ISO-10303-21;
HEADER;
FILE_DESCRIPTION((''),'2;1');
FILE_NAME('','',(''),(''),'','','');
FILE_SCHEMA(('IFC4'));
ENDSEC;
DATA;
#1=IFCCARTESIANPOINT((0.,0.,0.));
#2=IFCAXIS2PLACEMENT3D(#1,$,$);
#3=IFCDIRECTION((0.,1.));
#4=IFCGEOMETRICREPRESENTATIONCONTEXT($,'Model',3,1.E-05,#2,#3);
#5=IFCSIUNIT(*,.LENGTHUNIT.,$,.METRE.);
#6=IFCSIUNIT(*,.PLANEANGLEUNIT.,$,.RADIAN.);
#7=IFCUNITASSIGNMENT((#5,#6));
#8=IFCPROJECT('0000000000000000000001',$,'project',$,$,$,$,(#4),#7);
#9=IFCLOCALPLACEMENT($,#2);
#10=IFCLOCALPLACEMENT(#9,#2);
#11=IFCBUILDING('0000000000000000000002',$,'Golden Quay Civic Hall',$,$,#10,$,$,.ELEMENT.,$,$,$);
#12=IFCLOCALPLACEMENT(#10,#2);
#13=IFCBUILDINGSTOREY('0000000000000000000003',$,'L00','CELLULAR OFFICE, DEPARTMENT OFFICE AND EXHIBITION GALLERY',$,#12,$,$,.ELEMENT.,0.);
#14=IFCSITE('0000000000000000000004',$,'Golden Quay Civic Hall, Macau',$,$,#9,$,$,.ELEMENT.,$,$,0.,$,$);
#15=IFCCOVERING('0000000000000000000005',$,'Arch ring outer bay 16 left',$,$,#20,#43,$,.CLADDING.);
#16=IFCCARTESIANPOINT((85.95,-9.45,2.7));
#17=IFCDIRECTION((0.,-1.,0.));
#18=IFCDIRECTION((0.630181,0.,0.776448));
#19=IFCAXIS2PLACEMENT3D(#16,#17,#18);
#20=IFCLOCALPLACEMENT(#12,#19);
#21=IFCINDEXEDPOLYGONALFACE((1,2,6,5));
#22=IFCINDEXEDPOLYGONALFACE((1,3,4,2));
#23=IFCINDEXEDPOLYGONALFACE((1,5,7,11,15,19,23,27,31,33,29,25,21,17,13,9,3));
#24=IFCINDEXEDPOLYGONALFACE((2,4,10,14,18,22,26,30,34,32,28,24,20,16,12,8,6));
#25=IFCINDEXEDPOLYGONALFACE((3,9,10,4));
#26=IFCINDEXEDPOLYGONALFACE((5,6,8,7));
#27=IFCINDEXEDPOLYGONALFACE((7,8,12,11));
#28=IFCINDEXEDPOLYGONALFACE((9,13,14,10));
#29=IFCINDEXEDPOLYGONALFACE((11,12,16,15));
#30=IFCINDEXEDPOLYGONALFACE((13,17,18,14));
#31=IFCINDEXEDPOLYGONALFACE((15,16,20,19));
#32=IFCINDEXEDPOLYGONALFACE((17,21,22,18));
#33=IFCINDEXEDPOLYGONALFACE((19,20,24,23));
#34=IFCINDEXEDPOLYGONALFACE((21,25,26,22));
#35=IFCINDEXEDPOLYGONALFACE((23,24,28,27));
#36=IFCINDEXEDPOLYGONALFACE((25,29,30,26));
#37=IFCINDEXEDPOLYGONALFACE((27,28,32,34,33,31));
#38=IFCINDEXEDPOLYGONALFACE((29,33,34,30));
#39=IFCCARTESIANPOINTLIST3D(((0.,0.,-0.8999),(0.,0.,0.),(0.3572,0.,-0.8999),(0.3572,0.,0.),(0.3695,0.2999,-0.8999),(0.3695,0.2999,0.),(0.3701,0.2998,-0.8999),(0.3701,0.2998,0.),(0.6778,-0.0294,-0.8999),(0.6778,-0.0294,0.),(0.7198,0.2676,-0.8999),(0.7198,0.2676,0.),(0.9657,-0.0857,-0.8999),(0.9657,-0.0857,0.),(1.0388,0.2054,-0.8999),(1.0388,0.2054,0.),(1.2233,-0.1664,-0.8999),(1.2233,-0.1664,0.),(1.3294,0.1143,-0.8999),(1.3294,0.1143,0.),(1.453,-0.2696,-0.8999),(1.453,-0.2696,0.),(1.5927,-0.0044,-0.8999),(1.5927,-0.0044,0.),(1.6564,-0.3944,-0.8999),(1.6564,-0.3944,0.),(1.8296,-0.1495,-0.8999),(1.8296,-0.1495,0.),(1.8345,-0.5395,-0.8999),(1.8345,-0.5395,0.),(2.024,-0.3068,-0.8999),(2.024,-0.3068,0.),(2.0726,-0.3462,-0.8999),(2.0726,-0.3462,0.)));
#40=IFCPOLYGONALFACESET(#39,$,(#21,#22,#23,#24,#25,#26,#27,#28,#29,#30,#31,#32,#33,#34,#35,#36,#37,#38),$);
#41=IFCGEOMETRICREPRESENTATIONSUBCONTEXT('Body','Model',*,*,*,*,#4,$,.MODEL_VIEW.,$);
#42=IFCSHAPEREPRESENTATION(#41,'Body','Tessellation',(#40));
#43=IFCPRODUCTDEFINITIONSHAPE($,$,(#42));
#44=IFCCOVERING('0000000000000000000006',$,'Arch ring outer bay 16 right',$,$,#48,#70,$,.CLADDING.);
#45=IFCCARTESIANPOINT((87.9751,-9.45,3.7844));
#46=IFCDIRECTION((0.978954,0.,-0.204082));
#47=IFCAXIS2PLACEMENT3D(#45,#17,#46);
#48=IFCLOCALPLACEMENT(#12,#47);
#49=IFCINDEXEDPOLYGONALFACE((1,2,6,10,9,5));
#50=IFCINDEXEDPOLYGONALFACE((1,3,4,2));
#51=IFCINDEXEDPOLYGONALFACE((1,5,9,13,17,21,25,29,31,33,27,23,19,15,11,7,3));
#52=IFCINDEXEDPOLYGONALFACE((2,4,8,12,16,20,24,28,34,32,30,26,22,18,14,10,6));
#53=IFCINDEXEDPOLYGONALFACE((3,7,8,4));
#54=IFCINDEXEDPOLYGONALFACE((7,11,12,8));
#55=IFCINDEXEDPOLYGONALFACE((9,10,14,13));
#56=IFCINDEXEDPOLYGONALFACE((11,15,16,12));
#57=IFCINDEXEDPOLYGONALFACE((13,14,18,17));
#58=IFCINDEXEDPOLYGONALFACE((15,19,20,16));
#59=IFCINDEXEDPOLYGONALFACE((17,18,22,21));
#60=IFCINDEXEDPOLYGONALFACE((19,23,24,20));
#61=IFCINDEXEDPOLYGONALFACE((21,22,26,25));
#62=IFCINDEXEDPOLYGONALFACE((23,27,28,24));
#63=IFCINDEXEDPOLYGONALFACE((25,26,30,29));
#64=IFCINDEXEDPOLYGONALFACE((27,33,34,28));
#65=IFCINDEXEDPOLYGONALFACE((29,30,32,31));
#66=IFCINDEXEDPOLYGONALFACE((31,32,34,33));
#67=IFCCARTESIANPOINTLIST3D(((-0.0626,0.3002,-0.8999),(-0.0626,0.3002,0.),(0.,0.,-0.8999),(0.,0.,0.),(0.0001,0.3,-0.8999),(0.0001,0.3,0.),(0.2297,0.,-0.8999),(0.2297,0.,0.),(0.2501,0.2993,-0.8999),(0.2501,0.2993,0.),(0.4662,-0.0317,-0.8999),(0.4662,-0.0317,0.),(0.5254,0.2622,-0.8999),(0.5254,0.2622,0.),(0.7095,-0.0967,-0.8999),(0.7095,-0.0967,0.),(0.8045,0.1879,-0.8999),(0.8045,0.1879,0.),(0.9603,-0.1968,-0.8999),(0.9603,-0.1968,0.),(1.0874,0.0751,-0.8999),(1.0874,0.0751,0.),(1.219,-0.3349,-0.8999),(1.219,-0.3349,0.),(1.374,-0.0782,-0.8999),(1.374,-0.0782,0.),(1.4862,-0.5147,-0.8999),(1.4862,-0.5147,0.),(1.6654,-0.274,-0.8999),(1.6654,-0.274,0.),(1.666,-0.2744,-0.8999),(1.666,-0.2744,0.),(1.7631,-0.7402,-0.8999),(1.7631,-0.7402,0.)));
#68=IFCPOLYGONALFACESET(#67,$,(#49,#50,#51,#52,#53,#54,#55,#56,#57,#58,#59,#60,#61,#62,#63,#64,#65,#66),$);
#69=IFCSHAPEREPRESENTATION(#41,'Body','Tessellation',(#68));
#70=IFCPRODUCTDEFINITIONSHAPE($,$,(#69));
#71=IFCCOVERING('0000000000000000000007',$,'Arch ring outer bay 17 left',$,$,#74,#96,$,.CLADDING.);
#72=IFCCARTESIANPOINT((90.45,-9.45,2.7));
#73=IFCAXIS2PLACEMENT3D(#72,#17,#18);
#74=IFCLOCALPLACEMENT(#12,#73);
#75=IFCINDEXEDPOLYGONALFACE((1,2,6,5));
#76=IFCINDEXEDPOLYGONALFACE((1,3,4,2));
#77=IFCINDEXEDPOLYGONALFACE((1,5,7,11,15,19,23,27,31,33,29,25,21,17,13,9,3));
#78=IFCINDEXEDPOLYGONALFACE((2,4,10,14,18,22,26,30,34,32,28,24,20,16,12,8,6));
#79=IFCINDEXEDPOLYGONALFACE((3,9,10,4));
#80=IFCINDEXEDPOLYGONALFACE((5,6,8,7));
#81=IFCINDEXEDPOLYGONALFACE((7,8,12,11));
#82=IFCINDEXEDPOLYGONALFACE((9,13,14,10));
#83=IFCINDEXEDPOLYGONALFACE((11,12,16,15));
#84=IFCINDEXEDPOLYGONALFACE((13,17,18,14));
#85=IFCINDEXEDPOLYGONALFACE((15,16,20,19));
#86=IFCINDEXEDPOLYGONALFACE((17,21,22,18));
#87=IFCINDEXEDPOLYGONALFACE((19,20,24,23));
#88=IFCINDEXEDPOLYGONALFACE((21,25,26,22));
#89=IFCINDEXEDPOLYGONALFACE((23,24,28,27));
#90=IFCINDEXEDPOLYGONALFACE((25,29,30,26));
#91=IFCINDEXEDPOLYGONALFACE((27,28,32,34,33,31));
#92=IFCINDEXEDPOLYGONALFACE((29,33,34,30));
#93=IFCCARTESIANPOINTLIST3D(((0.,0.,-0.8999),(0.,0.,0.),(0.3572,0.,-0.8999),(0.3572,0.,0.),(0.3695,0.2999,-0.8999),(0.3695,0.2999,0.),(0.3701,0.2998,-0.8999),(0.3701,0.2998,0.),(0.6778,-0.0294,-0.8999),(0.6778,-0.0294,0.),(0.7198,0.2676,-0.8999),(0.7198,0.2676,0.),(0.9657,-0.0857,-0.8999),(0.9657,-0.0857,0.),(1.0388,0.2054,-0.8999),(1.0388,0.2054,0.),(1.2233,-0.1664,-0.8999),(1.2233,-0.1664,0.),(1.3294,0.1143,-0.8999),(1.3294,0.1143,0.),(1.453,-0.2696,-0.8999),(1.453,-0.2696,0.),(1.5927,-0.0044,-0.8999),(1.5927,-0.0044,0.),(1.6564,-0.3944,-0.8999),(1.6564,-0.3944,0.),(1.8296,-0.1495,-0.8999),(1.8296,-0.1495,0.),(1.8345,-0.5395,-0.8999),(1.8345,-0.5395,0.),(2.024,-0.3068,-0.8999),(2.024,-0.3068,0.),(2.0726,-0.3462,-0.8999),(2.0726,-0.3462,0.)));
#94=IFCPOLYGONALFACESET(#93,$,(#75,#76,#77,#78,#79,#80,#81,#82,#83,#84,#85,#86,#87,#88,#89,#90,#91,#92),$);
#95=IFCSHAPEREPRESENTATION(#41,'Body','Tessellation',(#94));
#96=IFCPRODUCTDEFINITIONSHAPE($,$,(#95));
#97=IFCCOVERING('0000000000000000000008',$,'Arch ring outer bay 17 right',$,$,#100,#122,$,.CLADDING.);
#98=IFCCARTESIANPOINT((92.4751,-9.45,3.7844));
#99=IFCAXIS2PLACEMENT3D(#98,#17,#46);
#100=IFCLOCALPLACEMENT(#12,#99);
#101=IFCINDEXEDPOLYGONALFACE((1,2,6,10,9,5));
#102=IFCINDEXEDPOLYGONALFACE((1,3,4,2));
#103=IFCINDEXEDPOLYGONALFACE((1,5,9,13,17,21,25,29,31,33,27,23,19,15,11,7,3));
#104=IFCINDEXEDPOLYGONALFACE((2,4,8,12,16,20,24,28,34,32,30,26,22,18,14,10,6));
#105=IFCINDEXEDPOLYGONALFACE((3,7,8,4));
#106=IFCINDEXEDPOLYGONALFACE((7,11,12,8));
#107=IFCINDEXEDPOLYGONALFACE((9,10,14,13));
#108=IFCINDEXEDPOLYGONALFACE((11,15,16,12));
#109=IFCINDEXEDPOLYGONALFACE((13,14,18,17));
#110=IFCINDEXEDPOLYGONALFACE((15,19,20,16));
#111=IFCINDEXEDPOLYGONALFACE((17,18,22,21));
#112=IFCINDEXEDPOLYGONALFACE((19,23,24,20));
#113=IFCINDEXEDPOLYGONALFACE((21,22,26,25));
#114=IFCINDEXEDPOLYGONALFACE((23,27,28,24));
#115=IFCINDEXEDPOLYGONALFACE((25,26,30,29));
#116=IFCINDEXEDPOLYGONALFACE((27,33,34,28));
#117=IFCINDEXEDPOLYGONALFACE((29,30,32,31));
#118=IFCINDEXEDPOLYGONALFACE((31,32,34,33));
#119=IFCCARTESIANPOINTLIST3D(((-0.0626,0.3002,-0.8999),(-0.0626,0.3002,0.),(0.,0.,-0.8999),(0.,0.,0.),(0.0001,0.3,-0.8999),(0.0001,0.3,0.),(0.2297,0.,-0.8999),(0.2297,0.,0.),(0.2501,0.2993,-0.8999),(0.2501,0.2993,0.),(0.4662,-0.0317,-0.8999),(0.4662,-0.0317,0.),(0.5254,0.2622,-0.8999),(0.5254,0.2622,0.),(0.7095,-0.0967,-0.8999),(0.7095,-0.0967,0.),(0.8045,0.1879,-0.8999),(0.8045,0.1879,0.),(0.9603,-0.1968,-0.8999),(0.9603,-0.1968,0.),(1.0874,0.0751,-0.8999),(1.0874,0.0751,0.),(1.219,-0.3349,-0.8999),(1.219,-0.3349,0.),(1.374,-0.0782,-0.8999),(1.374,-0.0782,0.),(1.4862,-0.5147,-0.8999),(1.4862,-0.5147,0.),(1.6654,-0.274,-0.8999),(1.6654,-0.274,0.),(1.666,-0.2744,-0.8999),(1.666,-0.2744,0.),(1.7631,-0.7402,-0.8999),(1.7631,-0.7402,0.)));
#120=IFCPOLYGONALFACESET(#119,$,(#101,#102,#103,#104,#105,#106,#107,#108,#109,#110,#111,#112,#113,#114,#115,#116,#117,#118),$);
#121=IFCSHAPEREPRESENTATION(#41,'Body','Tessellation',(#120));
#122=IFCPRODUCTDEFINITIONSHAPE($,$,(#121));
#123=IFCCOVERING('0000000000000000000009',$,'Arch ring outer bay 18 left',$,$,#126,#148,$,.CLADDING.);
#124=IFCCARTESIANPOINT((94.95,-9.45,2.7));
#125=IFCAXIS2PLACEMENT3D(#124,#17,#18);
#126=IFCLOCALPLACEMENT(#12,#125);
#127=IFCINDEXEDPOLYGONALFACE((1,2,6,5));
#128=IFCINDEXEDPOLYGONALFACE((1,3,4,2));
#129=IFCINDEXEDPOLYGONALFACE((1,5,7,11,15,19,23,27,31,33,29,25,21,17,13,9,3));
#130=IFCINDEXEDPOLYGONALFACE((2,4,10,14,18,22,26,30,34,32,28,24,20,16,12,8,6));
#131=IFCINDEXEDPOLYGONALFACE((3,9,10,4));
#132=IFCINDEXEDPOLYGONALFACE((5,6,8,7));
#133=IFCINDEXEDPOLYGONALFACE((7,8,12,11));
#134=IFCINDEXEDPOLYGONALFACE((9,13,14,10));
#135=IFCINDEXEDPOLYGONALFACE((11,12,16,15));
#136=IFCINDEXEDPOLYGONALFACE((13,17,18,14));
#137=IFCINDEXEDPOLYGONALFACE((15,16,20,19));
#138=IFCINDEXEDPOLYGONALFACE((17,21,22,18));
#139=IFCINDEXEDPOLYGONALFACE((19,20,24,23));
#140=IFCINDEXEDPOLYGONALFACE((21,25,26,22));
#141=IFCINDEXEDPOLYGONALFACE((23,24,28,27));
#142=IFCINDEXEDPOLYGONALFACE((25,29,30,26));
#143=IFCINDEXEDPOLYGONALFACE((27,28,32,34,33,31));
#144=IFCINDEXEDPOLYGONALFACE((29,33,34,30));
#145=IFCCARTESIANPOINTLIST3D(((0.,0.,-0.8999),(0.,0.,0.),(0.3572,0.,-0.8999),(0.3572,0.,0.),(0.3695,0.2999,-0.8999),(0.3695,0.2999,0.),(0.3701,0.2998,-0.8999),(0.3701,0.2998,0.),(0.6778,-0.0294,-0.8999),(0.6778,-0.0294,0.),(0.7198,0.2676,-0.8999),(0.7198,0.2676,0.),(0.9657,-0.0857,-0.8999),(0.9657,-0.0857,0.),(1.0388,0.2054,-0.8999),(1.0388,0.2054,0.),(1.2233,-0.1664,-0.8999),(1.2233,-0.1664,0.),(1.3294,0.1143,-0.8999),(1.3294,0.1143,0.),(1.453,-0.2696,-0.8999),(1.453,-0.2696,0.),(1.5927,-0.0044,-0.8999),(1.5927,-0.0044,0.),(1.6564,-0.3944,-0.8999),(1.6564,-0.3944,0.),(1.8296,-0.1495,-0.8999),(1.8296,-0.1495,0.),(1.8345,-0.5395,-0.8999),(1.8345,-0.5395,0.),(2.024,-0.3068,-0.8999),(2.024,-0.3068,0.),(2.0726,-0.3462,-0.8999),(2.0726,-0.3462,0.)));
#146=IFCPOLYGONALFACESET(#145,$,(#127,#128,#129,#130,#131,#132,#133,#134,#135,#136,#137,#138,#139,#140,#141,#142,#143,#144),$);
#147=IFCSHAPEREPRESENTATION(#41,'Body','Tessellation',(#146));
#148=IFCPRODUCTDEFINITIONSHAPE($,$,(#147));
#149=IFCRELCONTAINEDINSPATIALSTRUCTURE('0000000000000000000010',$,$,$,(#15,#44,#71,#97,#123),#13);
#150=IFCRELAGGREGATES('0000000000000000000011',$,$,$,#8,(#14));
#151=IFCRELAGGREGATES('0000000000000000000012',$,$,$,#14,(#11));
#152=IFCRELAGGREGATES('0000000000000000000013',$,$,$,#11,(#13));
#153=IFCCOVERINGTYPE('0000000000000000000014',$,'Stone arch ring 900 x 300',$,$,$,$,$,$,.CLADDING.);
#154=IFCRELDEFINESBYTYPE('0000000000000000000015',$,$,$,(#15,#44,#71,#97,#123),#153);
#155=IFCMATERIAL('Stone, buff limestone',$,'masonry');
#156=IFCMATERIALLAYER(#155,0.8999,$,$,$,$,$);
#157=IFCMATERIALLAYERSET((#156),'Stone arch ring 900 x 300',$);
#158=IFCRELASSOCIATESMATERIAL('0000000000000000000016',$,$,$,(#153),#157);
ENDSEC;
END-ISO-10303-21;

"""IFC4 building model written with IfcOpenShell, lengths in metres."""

from ifc_helpers import new_model, si_unit, direction, frame, origin, place, context, subcontext, project, spatial, polyline, outline, extrude, material, layer, layer_set, type_object, element, save


model = new_model("IFC4")

# Units and contexts
model_context = context("Model", 3, precision=1e-05, world=origin(), true_north=direction((0.0, 1.0)))
body_context = subcontext(model_context, "Body", "Model", "MODEL_VIEW")
ifc_project = project(units=[si_unit("LENGTHUNIT", "METRE"), si_unit("PLANEANGLEUNIT", "RADIAN")], contexts=[model_context])

# Site, building, storey
site_placement = place(None, origin())
site = spatial("IfcSite", under=ifc_project, at=site_placement, Name="Golden Quay Civic Hall, Macau", CompositionType="ELEMENT", RefElevation=0.0)
building_placement = place(site_placement, origin())
building = spatial("IfcBuilding", under=site, at=building_placement, Name="Golden Quay Civic Hall", CompositionType="ELEMENT")
storey_placement = place(building_placement, origin())
storey = spatial("IfcBuildingStorey", under=building, at=storey_placement, Name="L00", Description="CELLULAR OFFICE, DEPARTMENT OFFICE AND EXHIBITION GALLERY", CompositionType="ELEMENT", Elevation=0.0)

# Coverings
ifc_material_1 = material(Name="Stone, buff limestone", Category="masonry")
ifc_layer_1 = layer(ifc_material_1, 0.8999)
ifc_layer_set_1 = layer_set([ifc_layer_1], Name="Stone arch ring 900 x 300")
covering_type_1 = type_object("IfcCoveringType", Name="Stone arch ring 900 x 300", PredefinedType="CLADDING", material=ifc_layer_set_1)
covering_1_placement = place(storey_placement, frame((85.95, -9.45, 2.7), z_axis=(0.0, -1.0, 0.0), x_axis=(0.630181, 0.0, 0.776448)))
element("IfcCovering", 1, at=covering_1_placement, inside=storey, type_object=covering_type_1, Name="Arch ring outer bay 16 left", PredefinedType="CLADDING", context=body_context, shape_type="SweptSolid", body=[
    extrude(outline(polyline([(0.0, 0.0), (0.3572, 0.0), (0.6778, -0.0294), (0.9657, -0.0857), (1.2233, -0.1664), (1.453, -0.2696), (1.6564, -0.3944), (1.8345, -0.5395), (2.0726, -0.3462), (2.024, -0.3068), (1.8296, -0.1495), (1.5927, -0.0044), (1.3294, 0.1143), (1.0388, 0.2054), (0.7198, 0.2676), (0.3701, 0.2998), (0.3695, 0.2999), (0.0, 0.0)])), origin(), (0.0, 0.0, -1.0), 0.8999),
])
covering_2_placement = place(storey_placement, frame((87.9751, -9.45, 3.7844), z_axis=(0.0, -1.0, 0.0), x_axis=(0.978954, 0.0, -0.204082)))
element("IfcCovering", 2, at=covering_2_placement, inside=storey, type_object=covering_type_1, Name="Arch ring outer bay 16 right", PredefinedType="CLADDING", context=body_context, shape_type="SweptSolid", body=[
    extrude(outline(polyline([(0.0, 0.0), (0.2297, 0.0), (0.4662, -0.0317), (0.7095, -0.0967), (0.9603, -0.1968), (1.219, -0.3349), (1.4862, -0.5147), (1.7631, -0.7402), (1.666, -0.2744), (1.6654, -0.274), (1.374, -0.0782), (1.0874, 0.0751), (0.8045, 0.1879), (0.5254, 0.2622), (0.2501, 0.2993), (0.0001, 0.3), (-0.0626, 0.3002), (0.0, 0.0)])), origin(), (0.0, 0.0, -1.0), 0.8999),
])
covering_3_placement = place(storey_placement, frame((90.45, -9.45, 2.7), z_axis=(0.0, -1.0, 0.0), x_axis=(0.630181, 0.0, 0.776448)))
element("IfcCovering", 3, at=covering_3_placement, inside=storey, type_object=covering_type_1, Name="Arch ring outer bay 17 left", PredefinedType="CLADDING", context=body_context, shape_type="SweptSolid", body=[
    extrude(outline(polyline([(0.0, 0.0), (0.3572, 0.0), (0.6778, -0.0294), (0.9657, -0.0857), (1.2233, -0.1664), (1.453, -0.2696), (1.6564, -0.3944), (1.8345, -0.5395), (2.0726, -0.3462), (2.024, -0.3068), (1.8296, -0.1495), (1.5927, -0.0044), (1.3294, 0.1143), (1.0388, 0.2054), (0.7198, 0.2676), (0.3701, 0.2998), (0.3695, 0.2999), (0.0, 0.0)])), origin(), (0.0, 0.0, -1.0), 0.8999),
])
covering_4_placement = place(storey_placement, frame((92.4751, -9.45, 3.7844), z_axis=(0.0, -1.0, 0.0), x_axis=(0.978954, 0.0, -0.204082)))
element("IfcCovering", 4, at=covering_4_placement, inside=storey, type_object=covering_type_1, Name="Arch ring outer bay 17 right", PredefinedType="CLADDING", context=body_context, shape_type="SweptSolid", body=[
    extrude(outline(polyline([(0.0, 0.0), (0.2297, 0.0), (0.4662, -0.0317), (0.7095, -0.0967), (0.9603, -0.1968), (1.219, -0.3349), (1.4862, -0.5147), (1.7631, -0.7402), (1.666, -0.2744), (1.6654, -0.274), (1.374, -0.0782), (1.0874, 0.0751), (0.8045, 0.1879), (0.5254, 0.2622), (0.2501, 0.2993), (0.0001, 0.3), (-0.0626, 0.3002), (0.0, 0.0)])), origin(), (0.0, 0.0, -1.0), 0.8999),
])
covering_5_placement = place(storey_placement, frame((94.95, -9.45, 2.7), z_axis=(0.0, -1.0, 0.0), x_axis=(0.630181, 0.0, 0.776448)))
element("IfcCovering", 5, at=covering_5_placement, inside=storey, type_object=covering_type_1, Name="Arch ring outer bay 18 left", PredefinedType="CLADDING", context=body_context, shape_type="SweptSolid", body=[
    extrude(outline(polyline([(0.0, 0.0), (0.3572, 0.0), (0.6778, -0.0294), (0.9657, -0.0857), (1.2233, -0.1664), (1.453, -0.2696), (1.6564, -0.3944), (1.8345, -0.5395), (2.0726, -0.3462), (2.024, -0.3068), (1.8296, -0.1495), (1.5927, -0.0044), (1.3294, 0.1143), (1.0388, 0.2054), (0.7198, 0.2676), (0.3701, 0.2998), (0.3695, 0.2999), (0.0, 0.0)])), origin(), (0.0, 0.0, -1.0), 0.8999),
])

save(model, "model.ifc")
